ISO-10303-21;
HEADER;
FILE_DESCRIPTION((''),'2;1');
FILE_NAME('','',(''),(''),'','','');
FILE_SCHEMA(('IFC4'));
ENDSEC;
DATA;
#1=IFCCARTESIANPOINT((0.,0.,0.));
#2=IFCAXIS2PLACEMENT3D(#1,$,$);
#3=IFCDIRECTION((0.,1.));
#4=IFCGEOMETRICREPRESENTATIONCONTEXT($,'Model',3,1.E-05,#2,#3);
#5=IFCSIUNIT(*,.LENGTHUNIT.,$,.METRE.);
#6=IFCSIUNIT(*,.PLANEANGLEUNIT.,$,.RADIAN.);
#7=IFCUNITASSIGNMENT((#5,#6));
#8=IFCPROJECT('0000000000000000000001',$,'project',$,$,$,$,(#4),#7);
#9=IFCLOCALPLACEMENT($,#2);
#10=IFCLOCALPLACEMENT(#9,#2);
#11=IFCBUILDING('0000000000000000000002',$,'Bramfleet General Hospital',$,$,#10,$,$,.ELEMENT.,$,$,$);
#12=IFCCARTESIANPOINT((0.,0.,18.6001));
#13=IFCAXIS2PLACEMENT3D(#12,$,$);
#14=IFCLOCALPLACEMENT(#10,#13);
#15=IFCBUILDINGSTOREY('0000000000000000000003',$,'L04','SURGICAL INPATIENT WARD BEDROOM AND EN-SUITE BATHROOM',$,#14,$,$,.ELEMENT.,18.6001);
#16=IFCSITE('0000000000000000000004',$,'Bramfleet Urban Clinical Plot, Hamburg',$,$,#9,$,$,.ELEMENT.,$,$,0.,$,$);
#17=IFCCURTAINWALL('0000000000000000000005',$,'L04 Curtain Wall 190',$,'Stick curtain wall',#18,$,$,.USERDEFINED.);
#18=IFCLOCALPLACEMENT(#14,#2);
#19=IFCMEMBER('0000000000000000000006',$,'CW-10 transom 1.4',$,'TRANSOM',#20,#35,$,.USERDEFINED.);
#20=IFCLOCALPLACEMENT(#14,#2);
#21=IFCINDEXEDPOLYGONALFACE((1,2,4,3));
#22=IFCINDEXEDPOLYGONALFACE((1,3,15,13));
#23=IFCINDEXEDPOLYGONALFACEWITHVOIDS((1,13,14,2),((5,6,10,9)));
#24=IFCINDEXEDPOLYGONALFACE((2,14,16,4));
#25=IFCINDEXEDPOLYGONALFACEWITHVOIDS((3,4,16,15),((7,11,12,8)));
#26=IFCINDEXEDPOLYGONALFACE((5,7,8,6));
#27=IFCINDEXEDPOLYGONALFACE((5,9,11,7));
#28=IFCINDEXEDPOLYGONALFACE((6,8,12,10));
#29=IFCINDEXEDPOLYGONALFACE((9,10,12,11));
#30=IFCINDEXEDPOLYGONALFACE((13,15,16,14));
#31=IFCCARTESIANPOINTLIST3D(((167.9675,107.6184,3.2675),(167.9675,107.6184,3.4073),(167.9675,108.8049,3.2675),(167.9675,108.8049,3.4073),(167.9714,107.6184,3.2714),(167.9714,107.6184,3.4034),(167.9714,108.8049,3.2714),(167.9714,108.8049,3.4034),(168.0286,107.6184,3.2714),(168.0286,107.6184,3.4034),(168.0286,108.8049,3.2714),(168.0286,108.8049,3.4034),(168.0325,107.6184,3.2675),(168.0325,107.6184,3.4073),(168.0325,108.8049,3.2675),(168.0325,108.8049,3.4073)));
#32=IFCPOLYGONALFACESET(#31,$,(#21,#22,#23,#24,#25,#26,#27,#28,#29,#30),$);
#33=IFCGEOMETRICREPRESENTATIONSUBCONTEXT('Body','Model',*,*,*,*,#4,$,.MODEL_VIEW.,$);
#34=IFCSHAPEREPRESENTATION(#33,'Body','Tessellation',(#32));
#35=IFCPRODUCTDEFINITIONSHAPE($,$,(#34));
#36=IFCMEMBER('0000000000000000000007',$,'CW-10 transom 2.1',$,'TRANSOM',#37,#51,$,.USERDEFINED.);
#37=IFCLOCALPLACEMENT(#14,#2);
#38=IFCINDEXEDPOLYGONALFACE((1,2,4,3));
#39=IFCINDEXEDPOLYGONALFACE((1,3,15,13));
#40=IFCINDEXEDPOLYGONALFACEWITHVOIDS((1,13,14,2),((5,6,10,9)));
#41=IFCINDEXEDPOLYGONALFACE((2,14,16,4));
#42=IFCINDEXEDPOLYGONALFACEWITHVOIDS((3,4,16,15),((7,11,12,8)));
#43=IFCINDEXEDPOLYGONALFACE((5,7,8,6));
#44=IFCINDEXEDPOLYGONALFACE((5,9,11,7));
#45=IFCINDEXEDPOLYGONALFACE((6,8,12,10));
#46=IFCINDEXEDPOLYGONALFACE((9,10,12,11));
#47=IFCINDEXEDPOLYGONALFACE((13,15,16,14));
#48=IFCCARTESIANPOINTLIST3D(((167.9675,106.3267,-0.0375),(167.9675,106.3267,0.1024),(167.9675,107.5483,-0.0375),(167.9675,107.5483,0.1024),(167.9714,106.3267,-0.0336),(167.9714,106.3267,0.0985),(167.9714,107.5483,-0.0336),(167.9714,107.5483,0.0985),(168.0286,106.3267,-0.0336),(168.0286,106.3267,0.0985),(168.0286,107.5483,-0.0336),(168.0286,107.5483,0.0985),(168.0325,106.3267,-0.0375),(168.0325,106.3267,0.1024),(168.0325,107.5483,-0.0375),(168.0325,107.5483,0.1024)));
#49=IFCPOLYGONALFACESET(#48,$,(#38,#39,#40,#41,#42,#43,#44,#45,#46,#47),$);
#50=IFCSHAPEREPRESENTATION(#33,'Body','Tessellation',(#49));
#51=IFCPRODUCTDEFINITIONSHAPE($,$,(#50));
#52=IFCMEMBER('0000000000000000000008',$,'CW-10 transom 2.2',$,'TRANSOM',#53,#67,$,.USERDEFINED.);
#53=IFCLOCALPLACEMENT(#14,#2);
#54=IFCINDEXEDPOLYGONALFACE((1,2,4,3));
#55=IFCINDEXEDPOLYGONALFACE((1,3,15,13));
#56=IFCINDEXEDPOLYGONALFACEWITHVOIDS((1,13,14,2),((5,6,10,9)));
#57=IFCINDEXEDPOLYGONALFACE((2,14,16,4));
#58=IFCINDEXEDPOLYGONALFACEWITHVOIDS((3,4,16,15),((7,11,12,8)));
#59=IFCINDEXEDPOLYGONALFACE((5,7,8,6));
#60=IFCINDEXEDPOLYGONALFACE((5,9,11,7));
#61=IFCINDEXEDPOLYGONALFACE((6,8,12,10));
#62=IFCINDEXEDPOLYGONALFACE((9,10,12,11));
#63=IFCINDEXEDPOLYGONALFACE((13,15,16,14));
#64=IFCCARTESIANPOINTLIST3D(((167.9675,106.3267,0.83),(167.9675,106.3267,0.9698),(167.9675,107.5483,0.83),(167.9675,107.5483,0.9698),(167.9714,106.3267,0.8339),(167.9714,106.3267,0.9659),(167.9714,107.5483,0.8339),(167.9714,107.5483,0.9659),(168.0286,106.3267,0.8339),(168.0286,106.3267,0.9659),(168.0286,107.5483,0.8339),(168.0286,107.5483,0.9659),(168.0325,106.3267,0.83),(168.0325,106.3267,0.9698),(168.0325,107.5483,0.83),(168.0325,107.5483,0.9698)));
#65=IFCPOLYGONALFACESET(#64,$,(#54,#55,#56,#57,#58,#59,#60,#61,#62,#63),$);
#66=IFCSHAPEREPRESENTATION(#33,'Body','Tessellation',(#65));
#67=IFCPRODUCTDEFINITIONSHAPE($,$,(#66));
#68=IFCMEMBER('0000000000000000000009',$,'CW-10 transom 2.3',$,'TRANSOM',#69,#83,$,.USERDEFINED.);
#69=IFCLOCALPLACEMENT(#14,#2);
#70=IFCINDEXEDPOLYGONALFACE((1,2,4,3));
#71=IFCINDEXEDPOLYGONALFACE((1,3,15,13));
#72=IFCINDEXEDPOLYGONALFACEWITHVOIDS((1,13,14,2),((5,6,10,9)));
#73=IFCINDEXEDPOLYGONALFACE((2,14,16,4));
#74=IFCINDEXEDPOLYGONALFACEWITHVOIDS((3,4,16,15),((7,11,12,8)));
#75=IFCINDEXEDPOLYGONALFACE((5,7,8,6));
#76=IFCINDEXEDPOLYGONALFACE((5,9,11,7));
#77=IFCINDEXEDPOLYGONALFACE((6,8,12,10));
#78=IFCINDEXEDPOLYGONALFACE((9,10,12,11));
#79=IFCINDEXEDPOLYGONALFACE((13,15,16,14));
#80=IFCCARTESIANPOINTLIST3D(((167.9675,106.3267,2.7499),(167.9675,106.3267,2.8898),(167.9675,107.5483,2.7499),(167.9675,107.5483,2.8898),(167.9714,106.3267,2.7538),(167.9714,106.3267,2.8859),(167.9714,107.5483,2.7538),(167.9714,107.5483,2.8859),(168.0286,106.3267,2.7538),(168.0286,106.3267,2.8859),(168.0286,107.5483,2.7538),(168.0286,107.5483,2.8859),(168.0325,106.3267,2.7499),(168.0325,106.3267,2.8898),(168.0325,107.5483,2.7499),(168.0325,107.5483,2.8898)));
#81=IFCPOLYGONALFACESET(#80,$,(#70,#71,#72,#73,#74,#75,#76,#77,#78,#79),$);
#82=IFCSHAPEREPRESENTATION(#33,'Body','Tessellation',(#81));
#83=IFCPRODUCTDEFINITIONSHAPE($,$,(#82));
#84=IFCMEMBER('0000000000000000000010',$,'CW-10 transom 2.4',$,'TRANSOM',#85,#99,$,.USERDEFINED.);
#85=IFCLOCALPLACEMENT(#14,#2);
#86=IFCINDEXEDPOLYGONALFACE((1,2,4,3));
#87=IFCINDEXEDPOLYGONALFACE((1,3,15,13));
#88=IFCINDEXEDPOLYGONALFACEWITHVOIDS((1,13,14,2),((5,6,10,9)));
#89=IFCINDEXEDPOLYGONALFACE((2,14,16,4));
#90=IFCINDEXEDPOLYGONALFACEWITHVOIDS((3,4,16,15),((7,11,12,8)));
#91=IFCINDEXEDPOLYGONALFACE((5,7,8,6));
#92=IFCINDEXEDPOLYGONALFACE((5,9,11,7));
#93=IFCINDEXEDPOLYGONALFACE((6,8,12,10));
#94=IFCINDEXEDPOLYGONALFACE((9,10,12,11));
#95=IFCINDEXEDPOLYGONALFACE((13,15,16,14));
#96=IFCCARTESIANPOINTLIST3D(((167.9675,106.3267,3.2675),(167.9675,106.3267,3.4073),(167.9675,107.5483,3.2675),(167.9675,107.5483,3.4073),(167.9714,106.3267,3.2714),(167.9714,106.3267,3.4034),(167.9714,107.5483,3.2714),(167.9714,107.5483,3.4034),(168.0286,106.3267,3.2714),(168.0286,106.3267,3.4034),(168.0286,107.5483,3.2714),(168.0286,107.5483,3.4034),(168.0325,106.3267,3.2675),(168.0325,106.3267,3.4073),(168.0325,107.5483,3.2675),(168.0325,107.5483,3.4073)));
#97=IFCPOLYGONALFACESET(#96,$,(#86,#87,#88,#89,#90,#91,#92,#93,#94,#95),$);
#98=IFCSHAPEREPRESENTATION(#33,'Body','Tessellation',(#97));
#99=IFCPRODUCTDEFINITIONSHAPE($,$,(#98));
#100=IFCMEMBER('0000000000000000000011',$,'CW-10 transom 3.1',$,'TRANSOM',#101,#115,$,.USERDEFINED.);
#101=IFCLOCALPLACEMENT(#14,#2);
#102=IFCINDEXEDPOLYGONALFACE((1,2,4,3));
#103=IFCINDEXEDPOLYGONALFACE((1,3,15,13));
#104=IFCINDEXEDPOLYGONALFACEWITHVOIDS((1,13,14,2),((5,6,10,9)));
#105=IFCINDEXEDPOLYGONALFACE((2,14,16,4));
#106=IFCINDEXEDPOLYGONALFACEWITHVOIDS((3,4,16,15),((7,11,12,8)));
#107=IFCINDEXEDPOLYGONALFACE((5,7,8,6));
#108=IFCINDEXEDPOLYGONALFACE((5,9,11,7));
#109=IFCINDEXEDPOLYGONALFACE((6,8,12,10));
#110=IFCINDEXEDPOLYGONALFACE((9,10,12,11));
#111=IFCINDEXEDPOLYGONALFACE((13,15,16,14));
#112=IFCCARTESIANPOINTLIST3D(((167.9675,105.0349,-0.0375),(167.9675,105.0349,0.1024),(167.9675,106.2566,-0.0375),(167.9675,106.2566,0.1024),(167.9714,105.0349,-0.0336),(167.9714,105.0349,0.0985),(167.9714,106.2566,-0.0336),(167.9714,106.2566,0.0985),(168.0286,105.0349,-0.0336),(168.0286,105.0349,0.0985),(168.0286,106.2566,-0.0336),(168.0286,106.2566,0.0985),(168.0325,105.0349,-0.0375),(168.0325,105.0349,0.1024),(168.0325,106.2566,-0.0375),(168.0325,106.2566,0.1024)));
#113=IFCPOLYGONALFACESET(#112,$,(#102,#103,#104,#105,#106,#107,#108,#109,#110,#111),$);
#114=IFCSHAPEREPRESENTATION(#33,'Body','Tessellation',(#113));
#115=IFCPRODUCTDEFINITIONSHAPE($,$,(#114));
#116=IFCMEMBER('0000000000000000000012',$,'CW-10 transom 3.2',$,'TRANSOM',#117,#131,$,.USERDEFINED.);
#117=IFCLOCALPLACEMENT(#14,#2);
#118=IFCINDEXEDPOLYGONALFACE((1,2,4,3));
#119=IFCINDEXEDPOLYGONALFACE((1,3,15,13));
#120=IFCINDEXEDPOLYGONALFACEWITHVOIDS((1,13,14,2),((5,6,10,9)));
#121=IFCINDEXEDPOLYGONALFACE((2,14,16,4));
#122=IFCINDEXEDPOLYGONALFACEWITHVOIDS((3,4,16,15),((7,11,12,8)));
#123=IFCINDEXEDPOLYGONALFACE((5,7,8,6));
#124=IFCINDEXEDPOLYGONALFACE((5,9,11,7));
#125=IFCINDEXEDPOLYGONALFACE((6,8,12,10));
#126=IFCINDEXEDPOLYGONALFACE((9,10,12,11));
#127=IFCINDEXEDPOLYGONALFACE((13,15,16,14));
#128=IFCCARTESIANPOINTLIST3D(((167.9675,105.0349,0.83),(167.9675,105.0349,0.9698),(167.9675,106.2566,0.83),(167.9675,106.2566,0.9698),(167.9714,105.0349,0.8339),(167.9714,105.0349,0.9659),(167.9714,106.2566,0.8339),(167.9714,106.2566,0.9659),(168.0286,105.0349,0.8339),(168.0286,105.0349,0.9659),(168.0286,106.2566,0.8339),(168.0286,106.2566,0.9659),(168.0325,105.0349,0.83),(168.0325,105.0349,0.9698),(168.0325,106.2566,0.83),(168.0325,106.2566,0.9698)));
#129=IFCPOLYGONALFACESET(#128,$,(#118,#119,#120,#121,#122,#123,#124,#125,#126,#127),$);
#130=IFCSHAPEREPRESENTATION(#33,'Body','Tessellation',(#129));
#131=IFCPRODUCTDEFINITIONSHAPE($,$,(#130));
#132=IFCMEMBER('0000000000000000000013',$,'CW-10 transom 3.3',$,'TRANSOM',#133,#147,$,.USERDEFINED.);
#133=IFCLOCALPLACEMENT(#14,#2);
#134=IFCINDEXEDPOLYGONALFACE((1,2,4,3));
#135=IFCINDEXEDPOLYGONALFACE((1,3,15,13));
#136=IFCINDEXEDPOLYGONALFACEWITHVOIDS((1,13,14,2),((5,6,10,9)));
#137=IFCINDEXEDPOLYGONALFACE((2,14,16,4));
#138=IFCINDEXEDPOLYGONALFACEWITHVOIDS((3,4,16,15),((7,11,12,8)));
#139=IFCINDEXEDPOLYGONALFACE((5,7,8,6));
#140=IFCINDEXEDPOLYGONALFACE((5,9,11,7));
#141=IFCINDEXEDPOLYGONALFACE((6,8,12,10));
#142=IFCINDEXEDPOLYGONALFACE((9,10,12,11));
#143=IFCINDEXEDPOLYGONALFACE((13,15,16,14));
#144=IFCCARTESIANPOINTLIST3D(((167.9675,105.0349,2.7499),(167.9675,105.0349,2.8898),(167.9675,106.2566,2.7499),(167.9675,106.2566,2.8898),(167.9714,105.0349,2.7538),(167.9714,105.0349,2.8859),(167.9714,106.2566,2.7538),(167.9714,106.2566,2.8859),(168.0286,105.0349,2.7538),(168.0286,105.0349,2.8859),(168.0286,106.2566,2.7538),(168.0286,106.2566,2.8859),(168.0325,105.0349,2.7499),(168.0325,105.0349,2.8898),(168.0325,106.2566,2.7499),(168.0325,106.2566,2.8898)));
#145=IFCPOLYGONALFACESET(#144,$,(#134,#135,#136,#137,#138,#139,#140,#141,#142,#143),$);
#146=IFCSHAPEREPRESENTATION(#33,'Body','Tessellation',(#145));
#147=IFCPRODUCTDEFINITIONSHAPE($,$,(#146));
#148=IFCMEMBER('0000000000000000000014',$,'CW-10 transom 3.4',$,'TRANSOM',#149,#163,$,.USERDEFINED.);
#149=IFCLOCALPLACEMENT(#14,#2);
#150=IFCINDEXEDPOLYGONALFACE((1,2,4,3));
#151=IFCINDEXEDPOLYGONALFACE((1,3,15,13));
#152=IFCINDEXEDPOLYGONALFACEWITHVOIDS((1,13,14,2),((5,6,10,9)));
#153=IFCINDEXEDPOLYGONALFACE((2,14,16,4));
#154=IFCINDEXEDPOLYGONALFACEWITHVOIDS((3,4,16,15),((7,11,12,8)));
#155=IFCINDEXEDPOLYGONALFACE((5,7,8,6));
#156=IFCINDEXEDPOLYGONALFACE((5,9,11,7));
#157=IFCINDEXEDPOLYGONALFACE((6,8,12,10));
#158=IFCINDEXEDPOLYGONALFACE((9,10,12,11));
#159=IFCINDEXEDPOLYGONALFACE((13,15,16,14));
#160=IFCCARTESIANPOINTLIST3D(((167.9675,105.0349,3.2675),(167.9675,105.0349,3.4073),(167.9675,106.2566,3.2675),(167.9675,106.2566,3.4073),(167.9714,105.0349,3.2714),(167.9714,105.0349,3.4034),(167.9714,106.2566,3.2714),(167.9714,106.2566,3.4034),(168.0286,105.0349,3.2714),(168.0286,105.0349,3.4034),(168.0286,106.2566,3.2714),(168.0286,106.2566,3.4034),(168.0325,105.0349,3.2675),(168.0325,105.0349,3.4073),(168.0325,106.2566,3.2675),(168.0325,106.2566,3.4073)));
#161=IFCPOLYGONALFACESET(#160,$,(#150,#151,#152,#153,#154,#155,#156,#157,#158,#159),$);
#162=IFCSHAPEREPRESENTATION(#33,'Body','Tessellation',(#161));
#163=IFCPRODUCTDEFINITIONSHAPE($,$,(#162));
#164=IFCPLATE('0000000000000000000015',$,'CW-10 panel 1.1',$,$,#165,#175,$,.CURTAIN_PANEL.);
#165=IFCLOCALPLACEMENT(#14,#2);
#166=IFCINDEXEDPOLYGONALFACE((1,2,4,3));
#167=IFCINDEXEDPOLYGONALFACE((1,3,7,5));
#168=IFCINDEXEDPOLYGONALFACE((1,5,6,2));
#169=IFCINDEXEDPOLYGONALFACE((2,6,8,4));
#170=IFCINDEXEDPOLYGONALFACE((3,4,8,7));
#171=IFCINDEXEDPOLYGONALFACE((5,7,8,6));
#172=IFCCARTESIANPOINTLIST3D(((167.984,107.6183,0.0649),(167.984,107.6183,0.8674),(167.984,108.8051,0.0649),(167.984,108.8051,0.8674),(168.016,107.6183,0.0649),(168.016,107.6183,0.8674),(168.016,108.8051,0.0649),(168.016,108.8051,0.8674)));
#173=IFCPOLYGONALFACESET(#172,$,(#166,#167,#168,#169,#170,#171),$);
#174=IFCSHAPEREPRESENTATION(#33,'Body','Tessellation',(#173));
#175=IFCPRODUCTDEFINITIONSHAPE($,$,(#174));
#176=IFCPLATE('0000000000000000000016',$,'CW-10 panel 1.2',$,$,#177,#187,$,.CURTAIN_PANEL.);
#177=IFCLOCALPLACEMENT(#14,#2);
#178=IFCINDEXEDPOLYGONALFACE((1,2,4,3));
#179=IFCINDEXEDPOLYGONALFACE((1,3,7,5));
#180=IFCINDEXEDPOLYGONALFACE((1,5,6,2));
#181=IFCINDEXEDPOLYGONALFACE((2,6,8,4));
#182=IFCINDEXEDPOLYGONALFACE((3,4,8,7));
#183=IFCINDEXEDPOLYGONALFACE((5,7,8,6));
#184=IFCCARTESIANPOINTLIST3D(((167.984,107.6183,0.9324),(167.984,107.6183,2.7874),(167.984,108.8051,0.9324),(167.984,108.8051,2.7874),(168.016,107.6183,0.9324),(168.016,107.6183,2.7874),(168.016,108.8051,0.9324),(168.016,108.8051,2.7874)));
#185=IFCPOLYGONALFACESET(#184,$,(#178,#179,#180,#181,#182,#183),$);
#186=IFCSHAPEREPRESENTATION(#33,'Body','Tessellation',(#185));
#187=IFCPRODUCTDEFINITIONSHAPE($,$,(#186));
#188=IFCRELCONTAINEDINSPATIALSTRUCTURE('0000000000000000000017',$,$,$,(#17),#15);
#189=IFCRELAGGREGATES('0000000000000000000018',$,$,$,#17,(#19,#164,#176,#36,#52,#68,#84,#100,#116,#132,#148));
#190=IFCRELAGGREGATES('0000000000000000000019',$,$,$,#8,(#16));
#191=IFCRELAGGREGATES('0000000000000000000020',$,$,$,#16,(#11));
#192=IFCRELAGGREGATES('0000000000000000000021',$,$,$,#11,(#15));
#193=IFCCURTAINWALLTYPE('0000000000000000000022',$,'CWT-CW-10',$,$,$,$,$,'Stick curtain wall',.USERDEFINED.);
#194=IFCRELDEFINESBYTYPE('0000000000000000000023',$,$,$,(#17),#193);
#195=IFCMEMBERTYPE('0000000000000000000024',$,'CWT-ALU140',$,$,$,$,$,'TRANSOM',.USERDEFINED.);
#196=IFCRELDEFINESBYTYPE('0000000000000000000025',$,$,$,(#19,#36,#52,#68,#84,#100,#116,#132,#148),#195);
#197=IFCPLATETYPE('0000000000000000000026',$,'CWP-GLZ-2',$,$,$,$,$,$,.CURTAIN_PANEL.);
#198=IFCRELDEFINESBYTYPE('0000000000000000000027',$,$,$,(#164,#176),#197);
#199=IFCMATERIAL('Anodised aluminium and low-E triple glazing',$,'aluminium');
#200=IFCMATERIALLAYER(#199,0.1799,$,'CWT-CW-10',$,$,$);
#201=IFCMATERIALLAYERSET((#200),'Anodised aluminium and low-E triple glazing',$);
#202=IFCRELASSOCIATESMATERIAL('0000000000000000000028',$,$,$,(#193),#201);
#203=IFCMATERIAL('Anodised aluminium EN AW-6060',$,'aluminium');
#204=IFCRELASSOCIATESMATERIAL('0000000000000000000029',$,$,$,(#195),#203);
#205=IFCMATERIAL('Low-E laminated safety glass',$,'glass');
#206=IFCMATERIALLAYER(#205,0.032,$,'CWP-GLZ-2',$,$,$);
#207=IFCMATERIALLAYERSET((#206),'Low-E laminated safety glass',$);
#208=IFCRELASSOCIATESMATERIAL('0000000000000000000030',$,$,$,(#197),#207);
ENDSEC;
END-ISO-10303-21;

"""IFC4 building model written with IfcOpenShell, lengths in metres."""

from ifc_helpers import new_model, si_unit, direction, frame, origin, origin_2d, place, context, subcontext, project, spatial, rectangle, hollow_rectangle, extrude, material, layer, layer_set, material_profile, profile_set, type_object, element, aggregate, save


model = new_model("IFC4")

# Units and contexts
model_context = context("Model", 3, precision=1e-05, world=origin(), true_north=direction((0.0, 1.0)))
body_context = subcontext(model_context, "Body", "Model", "MODEL_VIEW")
ifc_project = project(units=[si_unit("LENGTHUNIT", "METRE"), si_unit("PLANEANGLEUNIT", "RADIAN")], contexts=[model_context])

# Site, building, storey
site_placement = place(None, origin())
site = spatial("IfcSite", under=ifc_project, at=site_placement, Name="Bramfleet Urban Clinical Plot, Hamburg", CompositionType="ELEMENT", RefElevation=0.0)
building_placement = place(site_placement, origin())
building = spatial("IfcBuilding", under=site, at=building_placement, Name="Bramfleet General Hospital", CompositionType="ELEMENT")
storey_placement = place(building_placement, frame((0.0, 0.0, 18.6001)))
storey = spatial("IfcBuildingStorey", under=building, at=storey_placement, Name="L04", Description="SURGICAL INPATIENT WARD BEDROOM AND EN-SUITE BATHROOM", CompositionType="ELEMENT", Elevation=18.6001)

# Curtain wall, members, plates
ifc_material_1 = material(Name="Anodised aluminium and low-E triple glazing", Category="aluminium")
ifc_layer_1 = layer(ifc_material_1, 0.1799, Name="CWT-CW-10")
ifc_layer_set_1 = layer_set([ifc_layer_1], Name="Anodised aluminium and low-E triple glazing")
curtain_wall_type = type_object("IfcCurtainWallType", Name="CWT-CW-10", ElementType="Stick curtain wall", PredefinedType="USERDEFINED", material=ifc_layer_set_1)
curtain_wall_placement = place(storey_placement, origin())
curtain_wall = element("IfcCurtainWall", 1, at=curtain_wall_placement, inside=storey, type_object=curtain_wall_type, Name="L04 Curtain Wall 190", ObjectType="Stick curtain wall", PredefinedType="USERDEFINED")
ifc_material_2 = material(Name="Anodised aluminium EN AW-6060", Category="aluminium")
ifc_material_profile_1 = material_profile(ifc_material_2, hollow_rectangle(XDim=0.0649, YDim=0.1399, WallThickness=0.0039, at=origin_2d()), Name="ALU 140x65x4.0")
ifc_profile_set_1 = profile_set([ifc_material_profile_1], Name="Anodised aluminium EN AW-6060")
member_type_1 = type_object("IfcMemberType", Name="CWT-ALU140", ElementType="TRANSOM", PredefinedType="USERDEFINED", material=ifc_profile_set_1)
member_1_placement = place(storey_placement, frame((168.0, 108.8049, 3.3374), z_axis=(0.0, -1.0, 0.0), x_axis=(1.0, 0.0, 0.0)))
member_1 = element("IfcMember", 2, at=member_1_placement, type_object=member_type_1, Name="CW-10 transom 1.4", ObjectType="TRANSOM", PredefinedType="USERDEFINED", context=body_context, shape_type="SweptSolid", body=[
    extrude(hollow_rectangle(XDim=0.0649, YDim=0.1399, WallThickness=0.0039, at=origin_2d()), origin(), (0.0, 0.0, 1.0), 1.1865),
])
member_2_placement = place(storey_placement, frame((168.0, 107.5483, 0.0325), z_axis=(0.0, -1.0, 0.0), x_axis=(1.0, 0.0, 0.0)))
member_2 = element("IfcMember", 3, at=member_2_placement, type_object=member_type_1, Name="CW-10 transom 2.1", ObjectType="TRANSOM", PredefinedType="USERDEFINED", context=body_context, shape_type="SweptSolid", body=[
    extrude(hollow_rectangle(XDim=0.0649, YDim=0.1399, WallThickness=0.0039, at=origin_2d()), origin(), (0.0, 0.0, 1.0), 1.2217),
])
member_3_placement = place(storey_placement, frame((168.0, 107.5483, 0.8999), z_axis=(0.0, -1.0, 0.0), x_axis=(1.0, 0.0, 0.0)))
member_3 = element("IfcMember", 4, at=member_3_placement, type_object=member_type_1, Name="CW-10 transom 2.2", ObjectType="TRANSOM", PredefinedType="USERDEFINED", context=body_context, shape_type="SweptSolid", body=[
    extrude(hollow_rectangle(XDim=0.0649, YDim=0.1399, WallThickness=0.0039, at=origin_2d()), origin(), (0.0, 0.0, 1.0), 1.2217),
])
member_4_placement = place(storey_placement, frame((168.0, 107.5483, 2.8198), z_axis=(0.0, -1.0, 0.0), x_axis=(1.0, 0.0, 0.0)))
member_4 = element("IfcMember", 5, at=member_4_placement, type_object=member_type_1, Name="CW-10 transom 2.3", ObjectType="TRANSOM", PredefinedType="USERDEFINED", context=body_context, shape_type="SweptSolid", body=[
    extrude(hollow_rectangle(XDim=0.0649, YDim=0.1399, WallThickness=0.0039, at=origin_2d()), origin(), (0.0, 0.0, 1.0), 1.2217),
])
member_5_placement = place(storey_placement, frame((168.0, 107.5483, 3.3374), z_axis=(0.0, -1.0, 0.0), x_axis=(1.0, 0.0, 0.0)))
member_5 = element("IfcMember", 6, at=member_5_placement, type_object=member_type_1, Name="CW-10 transom 2.4", ObjectType="TRANSOM", PredefinedType="USERDEFINED", context=body_context, shape_type="SweptSolid", body=[
    extrude(hollow_rectangle(XDim=0.0649, YDim=0.1399, WallThickness=0.0039, at=origin_2d()), origin(), (0.0, 0.0, 1.0), 1.2217),
])
member_6_placement = place(storey_placement, frame((168.0, 106.2566, 0.0325), z_axis=(0.0, -1.0, 0.0), x_axis=(1.0, 0.0, 0.0)))
member_6 = element("IfcMember", 7, at=member_6_placement, type_object=member_type_1, Name="CW-10 transom 3.1", ObjectType="TRANSOM", PredefinedType="USERDEFINED", context=body_context, shape_type="SweptSolid", body=[
    extrude(hollow_rectangle(XDim=0.0649, YDim=0.1399, WallThickness=0.0039, at=origin_2d()), origin(), (0.0, 0.0, 1.0), 1.2217),
])
member_7_placement = place(storey_placement, frame((168.0, 106.2566, 0.8999), z_axis=(0.0, -1.0, 0.0), x_axis=(1.0, 0.0, 0.0)))
member_7 = element("IfcMember", 8, at=member_7_placement, type_object=member_type_1, Name="CW-10 transom 3.2", ObjectType="TRANSOM", PredefinedType="USERDEFINED", context=body_context, shape_type="SweptSolid", body=[
    extrude(hollow_rectangle(XDim=0.0649, YDim=0.1399, WallThickness=0.0039, at=origin_2d()), origin(), (0.0, 0.0, 1.0), 1.2217),
])
member_8_placement = place(storey_placement, frame((168.0, 106.2566, 2.8198), z_axis=(0.0, -1.0, 0.0), x_axis=(1.0, 0.0, 0.0)))
member_8 = element("IfcMember", 9, at=member_8_placement, type_object=member_type_1, Name="CW-10 transom 3.3", ObjectType="TRANSOM", PredefinedType="USERDEFINED", context=body_context, shape_type="SweptSolid", body=[
    extrude(hollow_rectangle(XDim=0.0649, YDim=0.1399, WallThickness=0.0039, at=origin_2d()), origin(), (0.0, 0.0, 1.0), 1.2217),
])
member_9_placement = place(storey_placement, frame((168.0, 106.2566, 3.3374), z_axis=(0.0, -1.0, 0.0), x_axis=(1.0, 0.0, 0.0)))
member_9 = element("IfcMember", 10, at=member_9_placement, type_object=member_type_1, Name="CW-10 transom 3.4", ObjectType="TRANSOM", PredefinedType="USERDEFINED", context=body_context, shape_type="SweptSolid", body=[
    extrude(hollow_rectangle(XDim=0.0649, YDim=0.1399, WallThickness=0.0039, at=origin_2d()), origin(), (0.0, 0.0, 1.0), 1.2217),
])
ifc_material_3 = material(Name="Low-E laminated safety glass", Category="glass")
ifc_layer_2 = layer(ifc_material_3, 0.032, Name="CWP-GLZ-2")
ifc_layer_set_2 = layer_set([ifc_layer_2], Name="Low-E laminated safety glass")
plate_type = type_object("IfcPlateType", Name="CWP-GLZ-2", PredefinedType="CURTAIN_PANEL", material=ifc_layer_set_2)
plate_1_placement = place(storey_placement, frame((168.0, 108.2117, 0.0649), z_axis=(0.0, 0.0, 1.0), x_axis=(0.0, -1.0, 0.0)))
plate_1 = element("IfcPlate", 11, at=plate_1_placement, type_object=plate_type, Name="CW-10 panel 1.1", PredefinedType="CURTAIN_PANEL", context=body_context, shape_type="SweptSolid", body=[
    extrude(rectangle(XDim=1.1868, YDim=0.032, at=origin_2d()), origin(), (0.0, 0.0, 1.0), 0.8025),
])
plate_2_placement = place(storey_placement, frame((168.0, 108.2117, 0.9324), z_axis=(0.0, 0.0, 1.0), x_axis=(0.0, -1.0, 0.0)))
plate_2 = element("IfcPlate", 12, at=plate_2_placement, type_object=plate_type, Name="CW-10 panel 1.2", PredefinedType="CURTAIN_PANEL", context=body_context, shape_type="SweptSolid", body=[
    extrude(rectangle(XDim=1.1868, YDim=0.032, at=origin_2d()), origin(), (0.0, 0.0, 1.0), 1.855),
])
aggregate(curtain_wall, [member_1, plate_1, plate_2, member_2, member_3, member_4, member_5, member_6, member_7, member_8, member_9])

save(model, "model.ifc")
